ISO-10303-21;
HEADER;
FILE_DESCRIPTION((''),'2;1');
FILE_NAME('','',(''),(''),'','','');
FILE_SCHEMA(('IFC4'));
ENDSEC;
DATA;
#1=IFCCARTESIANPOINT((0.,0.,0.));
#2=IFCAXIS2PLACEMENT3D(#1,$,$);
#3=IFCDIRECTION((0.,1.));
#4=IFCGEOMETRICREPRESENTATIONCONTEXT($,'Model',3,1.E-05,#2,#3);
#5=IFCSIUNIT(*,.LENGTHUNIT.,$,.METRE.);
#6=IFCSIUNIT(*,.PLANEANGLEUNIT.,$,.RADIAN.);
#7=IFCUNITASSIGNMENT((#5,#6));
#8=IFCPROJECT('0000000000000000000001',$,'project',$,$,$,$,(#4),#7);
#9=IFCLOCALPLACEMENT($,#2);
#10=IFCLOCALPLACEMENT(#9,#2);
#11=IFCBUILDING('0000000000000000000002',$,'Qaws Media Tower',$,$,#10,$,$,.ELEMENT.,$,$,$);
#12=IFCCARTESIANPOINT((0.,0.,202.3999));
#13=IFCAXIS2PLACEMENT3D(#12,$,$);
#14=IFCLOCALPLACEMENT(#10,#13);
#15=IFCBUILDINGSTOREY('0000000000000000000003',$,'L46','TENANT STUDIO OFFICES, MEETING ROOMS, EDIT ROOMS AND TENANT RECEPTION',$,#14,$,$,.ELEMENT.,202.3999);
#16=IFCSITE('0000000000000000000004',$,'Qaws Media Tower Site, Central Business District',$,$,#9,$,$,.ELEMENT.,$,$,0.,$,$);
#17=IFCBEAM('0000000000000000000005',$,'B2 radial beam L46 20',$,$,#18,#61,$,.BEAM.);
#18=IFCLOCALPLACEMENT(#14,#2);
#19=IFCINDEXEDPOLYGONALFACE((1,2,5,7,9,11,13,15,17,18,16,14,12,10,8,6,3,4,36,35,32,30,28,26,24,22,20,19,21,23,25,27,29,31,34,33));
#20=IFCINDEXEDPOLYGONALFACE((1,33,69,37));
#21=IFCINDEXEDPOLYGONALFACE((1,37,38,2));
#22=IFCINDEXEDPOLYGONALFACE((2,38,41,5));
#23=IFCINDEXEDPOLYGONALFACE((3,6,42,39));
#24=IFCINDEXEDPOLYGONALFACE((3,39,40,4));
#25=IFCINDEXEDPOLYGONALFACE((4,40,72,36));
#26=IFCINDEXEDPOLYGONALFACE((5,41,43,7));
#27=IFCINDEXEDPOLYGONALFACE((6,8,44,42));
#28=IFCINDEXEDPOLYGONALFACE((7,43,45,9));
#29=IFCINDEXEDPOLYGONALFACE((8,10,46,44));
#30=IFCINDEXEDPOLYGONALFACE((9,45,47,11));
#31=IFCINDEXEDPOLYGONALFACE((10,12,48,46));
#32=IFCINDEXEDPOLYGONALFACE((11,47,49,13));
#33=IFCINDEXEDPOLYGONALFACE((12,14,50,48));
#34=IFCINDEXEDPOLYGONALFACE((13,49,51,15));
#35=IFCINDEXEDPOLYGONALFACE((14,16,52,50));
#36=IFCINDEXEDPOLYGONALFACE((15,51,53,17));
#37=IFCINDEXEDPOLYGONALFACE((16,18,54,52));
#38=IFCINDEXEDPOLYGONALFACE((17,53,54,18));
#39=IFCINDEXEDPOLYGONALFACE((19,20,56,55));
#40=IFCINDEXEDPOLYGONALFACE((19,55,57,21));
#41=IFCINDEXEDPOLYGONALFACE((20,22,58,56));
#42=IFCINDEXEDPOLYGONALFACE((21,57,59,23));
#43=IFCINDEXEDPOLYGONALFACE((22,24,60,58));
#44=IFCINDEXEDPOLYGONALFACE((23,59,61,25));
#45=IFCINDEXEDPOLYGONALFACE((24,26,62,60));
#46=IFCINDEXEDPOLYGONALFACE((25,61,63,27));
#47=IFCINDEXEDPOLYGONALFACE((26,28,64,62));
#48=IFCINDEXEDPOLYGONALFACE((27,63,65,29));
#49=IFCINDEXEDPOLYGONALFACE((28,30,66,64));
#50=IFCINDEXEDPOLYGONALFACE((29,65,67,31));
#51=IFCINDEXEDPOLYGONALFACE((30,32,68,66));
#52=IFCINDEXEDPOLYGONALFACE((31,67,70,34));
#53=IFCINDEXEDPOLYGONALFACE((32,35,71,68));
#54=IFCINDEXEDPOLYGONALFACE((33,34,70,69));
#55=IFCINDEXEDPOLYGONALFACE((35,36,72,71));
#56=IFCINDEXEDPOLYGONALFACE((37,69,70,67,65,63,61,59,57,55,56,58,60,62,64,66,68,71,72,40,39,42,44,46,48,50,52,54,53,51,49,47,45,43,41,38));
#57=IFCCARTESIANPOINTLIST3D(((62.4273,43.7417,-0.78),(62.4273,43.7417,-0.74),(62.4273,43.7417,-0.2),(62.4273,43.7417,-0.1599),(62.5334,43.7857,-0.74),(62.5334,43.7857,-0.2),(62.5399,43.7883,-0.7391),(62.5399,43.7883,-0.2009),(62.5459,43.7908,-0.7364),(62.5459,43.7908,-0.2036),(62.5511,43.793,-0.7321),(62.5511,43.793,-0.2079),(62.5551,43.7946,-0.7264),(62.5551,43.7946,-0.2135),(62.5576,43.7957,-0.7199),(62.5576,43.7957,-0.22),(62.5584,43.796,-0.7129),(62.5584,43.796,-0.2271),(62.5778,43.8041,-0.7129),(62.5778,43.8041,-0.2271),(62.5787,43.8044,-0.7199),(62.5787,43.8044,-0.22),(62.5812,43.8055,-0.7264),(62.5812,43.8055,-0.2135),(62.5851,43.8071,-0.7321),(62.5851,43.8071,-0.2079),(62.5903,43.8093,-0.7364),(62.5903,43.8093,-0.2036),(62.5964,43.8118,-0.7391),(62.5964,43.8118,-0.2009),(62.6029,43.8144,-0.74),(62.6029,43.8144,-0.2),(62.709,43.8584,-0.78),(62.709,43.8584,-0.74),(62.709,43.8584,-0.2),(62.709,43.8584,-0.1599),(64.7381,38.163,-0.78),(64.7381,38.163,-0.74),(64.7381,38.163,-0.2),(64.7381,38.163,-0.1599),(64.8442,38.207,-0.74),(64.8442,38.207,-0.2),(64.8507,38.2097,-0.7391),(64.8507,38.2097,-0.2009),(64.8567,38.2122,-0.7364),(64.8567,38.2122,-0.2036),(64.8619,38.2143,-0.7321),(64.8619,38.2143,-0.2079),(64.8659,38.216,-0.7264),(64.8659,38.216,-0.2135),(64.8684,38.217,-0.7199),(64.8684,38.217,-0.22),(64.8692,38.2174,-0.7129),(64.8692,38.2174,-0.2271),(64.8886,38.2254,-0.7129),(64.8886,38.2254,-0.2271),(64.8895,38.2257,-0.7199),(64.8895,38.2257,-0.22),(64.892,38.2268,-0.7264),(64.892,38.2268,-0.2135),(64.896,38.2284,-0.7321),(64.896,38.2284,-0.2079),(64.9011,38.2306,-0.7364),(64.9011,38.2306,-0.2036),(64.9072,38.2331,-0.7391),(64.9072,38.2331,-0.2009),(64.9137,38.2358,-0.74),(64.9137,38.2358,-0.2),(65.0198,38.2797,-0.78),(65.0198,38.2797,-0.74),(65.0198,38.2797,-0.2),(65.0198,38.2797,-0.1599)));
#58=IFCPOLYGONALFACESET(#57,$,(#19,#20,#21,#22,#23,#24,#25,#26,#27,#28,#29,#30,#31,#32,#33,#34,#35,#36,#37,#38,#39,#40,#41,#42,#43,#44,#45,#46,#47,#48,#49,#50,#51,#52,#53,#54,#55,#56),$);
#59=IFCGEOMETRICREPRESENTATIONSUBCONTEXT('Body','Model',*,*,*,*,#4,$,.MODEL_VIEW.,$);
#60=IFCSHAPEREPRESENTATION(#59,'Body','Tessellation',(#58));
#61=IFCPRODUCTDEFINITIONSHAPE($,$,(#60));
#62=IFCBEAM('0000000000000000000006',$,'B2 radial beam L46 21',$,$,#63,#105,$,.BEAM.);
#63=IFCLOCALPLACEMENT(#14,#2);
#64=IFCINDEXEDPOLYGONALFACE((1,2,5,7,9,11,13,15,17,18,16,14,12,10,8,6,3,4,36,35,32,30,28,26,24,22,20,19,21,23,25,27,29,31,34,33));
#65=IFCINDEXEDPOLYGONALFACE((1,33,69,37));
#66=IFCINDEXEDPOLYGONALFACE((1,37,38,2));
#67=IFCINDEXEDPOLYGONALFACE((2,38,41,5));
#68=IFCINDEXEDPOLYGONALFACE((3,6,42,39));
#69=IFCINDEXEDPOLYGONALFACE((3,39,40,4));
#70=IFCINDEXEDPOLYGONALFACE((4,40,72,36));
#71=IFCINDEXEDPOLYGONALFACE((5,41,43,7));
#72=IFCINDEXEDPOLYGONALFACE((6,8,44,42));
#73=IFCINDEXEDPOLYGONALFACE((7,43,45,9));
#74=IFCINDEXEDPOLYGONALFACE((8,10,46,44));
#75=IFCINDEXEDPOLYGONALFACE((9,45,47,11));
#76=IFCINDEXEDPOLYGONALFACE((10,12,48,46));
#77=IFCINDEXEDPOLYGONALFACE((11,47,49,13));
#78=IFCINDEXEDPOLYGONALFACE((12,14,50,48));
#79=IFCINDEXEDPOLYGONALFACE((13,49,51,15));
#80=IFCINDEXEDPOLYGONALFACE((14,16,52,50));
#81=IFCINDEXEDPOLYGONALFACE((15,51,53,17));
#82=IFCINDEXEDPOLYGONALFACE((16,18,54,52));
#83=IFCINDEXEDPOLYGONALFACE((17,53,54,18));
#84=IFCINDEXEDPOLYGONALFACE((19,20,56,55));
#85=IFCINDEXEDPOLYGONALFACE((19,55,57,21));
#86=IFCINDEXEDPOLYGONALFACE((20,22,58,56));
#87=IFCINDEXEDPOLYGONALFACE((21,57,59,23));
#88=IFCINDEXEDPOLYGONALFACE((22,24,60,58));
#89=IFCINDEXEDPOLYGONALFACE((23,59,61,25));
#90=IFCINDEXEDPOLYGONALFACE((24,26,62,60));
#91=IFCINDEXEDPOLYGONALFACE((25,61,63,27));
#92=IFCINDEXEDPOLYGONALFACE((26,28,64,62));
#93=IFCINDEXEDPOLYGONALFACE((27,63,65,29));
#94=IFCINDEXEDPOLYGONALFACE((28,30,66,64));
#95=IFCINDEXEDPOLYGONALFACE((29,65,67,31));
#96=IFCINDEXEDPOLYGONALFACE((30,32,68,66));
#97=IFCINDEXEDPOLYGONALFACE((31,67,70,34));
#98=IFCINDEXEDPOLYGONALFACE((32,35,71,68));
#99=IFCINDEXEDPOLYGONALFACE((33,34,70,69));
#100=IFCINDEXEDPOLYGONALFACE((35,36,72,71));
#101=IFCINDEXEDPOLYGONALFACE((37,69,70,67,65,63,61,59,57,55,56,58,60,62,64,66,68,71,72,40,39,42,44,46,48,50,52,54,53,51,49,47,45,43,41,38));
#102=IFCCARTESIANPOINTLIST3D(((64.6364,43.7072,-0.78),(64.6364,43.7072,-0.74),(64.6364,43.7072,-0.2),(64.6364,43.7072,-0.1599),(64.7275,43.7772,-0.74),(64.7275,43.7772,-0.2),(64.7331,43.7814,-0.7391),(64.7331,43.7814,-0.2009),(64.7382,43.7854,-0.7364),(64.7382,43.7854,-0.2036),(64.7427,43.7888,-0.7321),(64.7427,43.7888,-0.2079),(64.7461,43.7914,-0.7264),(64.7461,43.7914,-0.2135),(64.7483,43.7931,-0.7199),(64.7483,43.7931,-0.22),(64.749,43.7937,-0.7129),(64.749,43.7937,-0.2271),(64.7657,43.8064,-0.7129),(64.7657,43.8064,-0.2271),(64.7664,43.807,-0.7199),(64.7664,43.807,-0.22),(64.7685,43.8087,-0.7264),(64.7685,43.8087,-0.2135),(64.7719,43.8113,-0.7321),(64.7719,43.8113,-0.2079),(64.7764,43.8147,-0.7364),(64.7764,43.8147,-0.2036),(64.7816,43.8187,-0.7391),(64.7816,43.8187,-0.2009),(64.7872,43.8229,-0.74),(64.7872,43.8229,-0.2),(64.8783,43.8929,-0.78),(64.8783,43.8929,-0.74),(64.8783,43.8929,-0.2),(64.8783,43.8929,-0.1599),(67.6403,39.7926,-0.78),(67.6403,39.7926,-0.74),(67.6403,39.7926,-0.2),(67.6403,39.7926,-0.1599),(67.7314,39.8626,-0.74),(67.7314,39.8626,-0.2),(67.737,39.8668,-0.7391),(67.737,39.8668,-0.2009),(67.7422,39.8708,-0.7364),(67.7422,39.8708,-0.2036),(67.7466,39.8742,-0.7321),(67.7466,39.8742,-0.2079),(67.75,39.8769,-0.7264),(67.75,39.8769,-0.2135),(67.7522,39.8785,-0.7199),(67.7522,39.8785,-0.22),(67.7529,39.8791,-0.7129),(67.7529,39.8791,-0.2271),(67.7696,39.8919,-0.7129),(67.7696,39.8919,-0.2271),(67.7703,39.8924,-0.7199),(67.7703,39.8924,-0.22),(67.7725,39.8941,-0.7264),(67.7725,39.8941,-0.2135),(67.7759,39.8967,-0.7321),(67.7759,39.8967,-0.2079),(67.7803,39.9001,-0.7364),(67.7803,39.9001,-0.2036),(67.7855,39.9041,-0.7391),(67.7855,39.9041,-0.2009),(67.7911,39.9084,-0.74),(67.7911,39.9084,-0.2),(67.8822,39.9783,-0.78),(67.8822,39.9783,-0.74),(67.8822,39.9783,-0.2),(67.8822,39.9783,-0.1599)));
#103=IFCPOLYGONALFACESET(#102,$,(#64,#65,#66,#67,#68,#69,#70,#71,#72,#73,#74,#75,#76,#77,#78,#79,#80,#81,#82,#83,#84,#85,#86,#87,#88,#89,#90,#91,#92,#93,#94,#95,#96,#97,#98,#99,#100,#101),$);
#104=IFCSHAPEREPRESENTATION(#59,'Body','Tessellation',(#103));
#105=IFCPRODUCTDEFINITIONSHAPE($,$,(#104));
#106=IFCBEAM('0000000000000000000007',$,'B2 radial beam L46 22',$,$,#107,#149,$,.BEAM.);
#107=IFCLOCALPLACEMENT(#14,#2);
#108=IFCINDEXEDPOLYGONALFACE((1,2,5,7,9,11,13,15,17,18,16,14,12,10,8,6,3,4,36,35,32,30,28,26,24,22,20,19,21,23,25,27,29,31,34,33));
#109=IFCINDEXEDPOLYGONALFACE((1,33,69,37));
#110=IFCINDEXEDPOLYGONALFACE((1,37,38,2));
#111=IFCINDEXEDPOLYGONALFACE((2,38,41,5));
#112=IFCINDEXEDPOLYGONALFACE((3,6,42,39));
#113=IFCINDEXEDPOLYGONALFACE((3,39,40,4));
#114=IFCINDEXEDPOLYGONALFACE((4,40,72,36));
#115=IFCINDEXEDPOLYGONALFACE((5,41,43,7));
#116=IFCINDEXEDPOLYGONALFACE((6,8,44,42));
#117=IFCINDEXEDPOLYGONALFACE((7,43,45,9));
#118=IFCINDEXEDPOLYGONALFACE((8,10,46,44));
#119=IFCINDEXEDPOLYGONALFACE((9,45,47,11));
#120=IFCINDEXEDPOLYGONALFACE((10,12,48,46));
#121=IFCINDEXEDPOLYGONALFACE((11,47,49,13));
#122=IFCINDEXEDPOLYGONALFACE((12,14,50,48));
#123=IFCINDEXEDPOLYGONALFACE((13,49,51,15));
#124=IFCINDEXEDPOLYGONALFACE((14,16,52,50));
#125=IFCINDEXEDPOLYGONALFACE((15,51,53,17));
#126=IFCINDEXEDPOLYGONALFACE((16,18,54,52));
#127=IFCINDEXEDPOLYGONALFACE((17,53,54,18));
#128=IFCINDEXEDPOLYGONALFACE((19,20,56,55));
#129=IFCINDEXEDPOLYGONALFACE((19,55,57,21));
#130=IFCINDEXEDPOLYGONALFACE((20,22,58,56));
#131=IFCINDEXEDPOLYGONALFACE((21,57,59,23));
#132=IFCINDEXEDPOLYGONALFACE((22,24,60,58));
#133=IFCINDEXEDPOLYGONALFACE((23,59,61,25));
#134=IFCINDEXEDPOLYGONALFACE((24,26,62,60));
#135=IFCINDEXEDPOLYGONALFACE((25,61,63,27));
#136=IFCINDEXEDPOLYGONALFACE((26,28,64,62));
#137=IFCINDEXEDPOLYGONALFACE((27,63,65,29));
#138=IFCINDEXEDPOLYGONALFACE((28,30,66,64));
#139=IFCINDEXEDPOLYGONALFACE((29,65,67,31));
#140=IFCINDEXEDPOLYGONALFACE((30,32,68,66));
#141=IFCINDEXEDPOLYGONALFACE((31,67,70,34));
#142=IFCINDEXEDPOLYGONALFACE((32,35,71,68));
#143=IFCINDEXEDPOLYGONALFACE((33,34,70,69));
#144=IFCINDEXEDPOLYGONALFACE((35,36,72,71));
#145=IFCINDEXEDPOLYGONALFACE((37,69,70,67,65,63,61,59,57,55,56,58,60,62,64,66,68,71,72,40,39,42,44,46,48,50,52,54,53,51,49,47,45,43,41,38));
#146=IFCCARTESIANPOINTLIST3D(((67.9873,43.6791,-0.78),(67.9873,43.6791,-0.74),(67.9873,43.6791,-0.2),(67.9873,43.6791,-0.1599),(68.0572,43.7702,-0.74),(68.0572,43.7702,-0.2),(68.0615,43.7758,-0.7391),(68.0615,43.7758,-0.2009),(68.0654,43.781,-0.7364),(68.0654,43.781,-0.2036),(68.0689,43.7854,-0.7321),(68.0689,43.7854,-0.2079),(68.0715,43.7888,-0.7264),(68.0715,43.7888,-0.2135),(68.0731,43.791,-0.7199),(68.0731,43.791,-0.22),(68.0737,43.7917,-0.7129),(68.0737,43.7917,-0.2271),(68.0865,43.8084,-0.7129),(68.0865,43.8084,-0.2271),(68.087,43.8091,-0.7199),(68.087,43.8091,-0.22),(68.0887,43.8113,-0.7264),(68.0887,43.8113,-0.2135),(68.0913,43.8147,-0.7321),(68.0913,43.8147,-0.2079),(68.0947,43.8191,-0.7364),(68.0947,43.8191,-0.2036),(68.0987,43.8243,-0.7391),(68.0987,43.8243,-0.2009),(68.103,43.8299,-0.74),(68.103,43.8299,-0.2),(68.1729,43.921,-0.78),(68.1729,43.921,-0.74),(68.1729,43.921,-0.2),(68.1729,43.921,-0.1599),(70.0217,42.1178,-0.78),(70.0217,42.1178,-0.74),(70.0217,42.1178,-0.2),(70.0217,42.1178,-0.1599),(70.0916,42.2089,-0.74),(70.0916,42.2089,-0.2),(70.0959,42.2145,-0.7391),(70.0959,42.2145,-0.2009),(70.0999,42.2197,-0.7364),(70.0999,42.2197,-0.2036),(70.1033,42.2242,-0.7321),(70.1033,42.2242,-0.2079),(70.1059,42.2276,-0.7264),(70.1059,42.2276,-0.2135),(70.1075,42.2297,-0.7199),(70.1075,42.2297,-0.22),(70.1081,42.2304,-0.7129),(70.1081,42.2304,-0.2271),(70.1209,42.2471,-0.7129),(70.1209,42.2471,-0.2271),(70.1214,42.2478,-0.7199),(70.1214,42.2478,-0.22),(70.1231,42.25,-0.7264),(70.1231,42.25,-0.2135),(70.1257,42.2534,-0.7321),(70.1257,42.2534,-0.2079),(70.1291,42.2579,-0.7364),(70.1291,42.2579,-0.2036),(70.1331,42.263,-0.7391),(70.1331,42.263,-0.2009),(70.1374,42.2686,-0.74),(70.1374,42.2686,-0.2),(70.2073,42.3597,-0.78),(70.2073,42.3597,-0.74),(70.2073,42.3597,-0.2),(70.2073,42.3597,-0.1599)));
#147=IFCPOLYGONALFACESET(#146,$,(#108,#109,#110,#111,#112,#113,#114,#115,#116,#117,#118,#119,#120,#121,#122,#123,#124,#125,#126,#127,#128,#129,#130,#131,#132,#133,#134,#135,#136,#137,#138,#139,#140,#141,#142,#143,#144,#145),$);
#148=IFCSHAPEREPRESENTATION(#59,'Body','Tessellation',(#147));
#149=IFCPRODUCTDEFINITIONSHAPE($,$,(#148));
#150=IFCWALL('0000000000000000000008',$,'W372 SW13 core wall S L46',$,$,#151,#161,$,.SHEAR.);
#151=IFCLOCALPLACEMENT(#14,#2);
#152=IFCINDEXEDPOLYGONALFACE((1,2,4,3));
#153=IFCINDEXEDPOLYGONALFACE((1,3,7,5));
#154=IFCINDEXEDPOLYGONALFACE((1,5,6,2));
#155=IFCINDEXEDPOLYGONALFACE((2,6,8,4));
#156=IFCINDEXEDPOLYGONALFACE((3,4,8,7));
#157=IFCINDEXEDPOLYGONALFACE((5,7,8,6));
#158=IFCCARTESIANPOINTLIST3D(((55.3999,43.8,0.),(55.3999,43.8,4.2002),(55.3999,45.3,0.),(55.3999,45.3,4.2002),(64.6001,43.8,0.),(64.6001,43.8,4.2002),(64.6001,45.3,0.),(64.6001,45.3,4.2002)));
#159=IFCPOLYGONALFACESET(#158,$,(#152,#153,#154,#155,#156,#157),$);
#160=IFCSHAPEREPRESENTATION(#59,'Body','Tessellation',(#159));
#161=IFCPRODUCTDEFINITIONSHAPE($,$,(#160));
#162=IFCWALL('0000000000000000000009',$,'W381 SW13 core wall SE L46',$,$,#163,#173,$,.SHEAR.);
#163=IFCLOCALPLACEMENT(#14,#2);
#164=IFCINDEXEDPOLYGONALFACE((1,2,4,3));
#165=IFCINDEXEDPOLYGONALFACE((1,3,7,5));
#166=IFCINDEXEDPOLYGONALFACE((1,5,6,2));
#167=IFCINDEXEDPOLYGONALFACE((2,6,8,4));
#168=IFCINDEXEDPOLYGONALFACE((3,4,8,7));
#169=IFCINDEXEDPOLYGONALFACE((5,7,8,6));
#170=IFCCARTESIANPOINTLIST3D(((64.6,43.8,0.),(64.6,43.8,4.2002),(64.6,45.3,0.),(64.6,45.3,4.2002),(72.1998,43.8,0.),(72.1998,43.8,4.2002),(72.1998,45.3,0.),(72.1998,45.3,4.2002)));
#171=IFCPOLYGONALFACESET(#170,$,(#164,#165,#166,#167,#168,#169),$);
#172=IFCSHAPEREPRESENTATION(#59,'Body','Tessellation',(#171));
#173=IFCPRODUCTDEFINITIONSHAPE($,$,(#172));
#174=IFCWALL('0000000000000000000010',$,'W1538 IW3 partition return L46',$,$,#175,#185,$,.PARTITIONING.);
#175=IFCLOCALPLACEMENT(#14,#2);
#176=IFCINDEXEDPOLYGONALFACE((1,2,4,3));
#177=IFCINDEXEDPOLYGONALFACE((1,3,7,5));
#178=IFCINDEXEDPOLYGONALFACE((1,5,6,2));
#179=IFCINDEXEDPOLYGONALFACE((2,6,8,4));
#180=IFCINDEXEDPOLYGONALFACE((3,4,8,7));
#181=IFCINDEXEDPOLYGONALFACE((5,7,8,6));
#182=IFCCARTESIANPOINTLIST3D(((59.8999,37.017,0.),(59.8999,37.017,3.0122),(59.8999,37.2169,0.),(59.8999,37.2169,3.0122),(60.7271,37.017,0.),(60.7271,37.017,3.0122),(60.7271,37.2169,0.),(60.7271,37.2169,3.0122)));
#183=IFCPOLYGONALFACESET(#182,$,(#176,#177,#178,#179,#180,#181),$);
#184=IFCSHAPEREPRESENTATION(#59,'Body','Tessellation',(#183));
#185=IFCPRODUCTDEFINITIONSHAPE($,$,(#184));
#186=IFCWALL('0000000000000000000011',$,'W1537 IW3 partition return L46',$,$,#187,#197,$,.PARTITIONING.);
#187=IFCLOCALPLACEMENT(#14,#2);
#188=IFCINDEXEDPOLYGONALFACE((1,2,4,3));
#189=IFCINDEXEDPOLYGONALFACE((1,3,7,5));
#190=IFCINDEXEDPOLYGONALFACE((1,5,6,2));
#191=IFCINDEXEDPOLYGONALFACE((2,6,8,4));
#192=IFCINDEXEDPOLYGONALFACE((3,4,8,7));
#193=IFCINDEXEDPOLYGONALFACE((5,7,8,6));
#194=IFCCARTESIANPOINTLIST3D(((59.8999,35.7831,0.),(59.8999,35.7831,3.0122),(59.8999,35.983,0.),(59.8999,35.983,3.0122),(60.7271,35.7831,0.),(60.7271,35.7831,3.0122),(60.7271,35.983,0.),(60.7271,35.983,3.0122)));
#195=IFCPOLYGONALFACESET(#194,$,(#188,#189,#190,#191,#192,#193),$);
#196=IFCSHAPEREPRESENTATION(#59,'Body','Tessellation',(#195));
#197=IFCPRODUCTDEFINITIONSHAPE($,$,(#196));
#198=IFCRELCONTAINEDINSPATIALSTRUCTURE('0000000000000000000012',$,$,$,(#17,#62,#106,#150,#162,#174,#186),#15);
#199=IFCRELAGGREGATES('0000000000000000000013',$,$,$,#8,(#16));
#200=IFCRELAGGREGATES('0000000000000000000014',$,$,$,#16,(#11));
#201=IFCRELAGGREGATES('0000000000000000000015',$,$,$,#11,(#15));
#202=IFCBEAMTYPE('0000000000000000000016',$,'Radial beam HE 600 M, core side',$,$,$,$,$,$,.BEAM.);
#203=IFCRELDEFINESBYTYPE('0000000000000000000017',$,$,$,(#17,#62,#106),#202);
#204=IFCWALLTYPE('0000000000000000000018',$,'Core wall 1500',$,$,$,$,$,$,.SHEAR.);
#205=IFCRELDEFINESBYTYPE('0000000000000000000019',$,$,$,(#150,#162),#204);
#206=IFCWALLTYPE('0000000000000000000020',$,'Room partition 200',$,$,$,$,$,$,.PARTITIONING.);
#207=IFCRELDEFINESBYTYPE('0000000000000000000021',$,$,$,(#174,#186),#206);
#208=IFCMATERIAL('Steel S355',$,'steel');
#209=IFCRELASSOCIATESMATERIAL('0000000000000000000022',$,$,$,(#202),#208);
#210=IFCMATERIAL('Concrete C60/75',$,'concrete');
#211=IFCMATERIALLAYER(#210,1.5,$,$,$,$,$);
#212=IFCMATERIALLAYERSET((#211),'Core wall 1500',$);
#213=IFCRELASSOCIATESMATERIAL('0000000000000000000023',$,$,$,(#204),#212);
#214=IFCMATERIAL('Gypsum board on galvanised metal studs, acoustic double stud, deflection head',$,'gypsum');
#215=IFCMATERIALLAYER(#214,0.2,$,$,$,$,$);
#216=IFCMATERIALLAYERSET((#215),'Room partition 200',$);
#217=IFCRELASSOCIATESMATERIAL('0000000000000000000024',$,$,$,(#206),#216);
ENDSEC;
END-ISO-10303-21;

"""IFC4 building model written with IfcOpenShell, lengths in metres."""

from ifc_helpers import new_model, si_unit, direction, frame, frame_2d, origin, origin_2d, place, context, subcontext, project, spatial, rectangle, i_section, extrude, material, layer, layer_set, material_profile, profile_set, type_object, element, save


model = new_model("IFC4")

# Units and contexts
model_context = context("Model", 3, precision=1e-05, world=origin(), true_north=direction((0.0, 1.0)))
body_context = subcontext(model_context, "Body", "Model", "MODEL_VIEW")
ifc_project = project(units=[si_unit("LENGTHUNIT", "METRE"), si_unit("PLANEANGLEUNIT", "RADIAN")], contexts=[model_context])

# Site, building, storey
site_placement = place(None, origin())
site = spatial("IfcSite", under=ifc_project, at=site_placement, Name="Qaws Media Tower Site, Central Business District", CompositionType="ELEMENT", RefElevation=0.0)
building_placement = place(site_placement, origin())
building = spatial("IfcBuilding", under=site, at=building_placement, Name="Qaws Media Tower", CompositionType="ELEMENT")
storey_placement = place(building_placement, frame((0.0, 0.0, 202.3999)))
storey = spatial("IfcBuildingStorey", under=building, at=storey_placement, Name="L46", Description="TENANT STUDIO OFFICES, MEETING ROOMS, EDIT ROOMS AND TENANT RECEPTION", CompositionType="ELEMENT", Elevation=202.3999)

# Beams
ifc_material_1 = material(Name="Steel S355", Category="steel")
ifc_material_profile_1 = material_profile(ifc_material_1, i_section(OverallWidth=0.3049, OverallDepth=0.6201, WebThickness=0.021, FlangeThickness=0.04, FilletRadius=0.0271, at=origin_2d()), Name="HE 600 M")
ifc_profile_set_1 = profile_set([ifc_material_profile_1], Name="Steel S355")
beam_type_1 = type_object("IfcBeamType", Name="Radial beam HE 600 M, core side", PredefinedType="BEAM", material=ifc_profile_set_1)
beam_1_placement = place(storey_placement, frame((62.5681, 43.8, -0.47), z_axis=(0.382691, -0.923876, 0.0), x_axis=(0.923876, 0.382691, 0.0)))
element("IfcBeam", 1, at=beam_1_placement, inside=storey, type_object=beam_type_1, Name="B2 radial beam L46 20", PredefinedType="BEAM", context=body_context, shape_type="SweptSolid", body=[
    extrude(i_section(OverallWidth=0.3049, OverallDepth=0.6201, WebThickness=0.021, FlangeThickness=0.04, FilletRadius=0.0271, at=origin_2d()), origin(), (0.0, 0.0, 1.0), 6.0383),
])
beam_2_placement = place(storey_placement, frame((64.7573, 43.8, -0.47), z_axis=(0.608783, -0.793337, 0.0), x_axis=(0.793337, 0.608783, 0.0)))
element("IfcBeam", 2, at=beam_2_placement, inside=storey, type_object=beam_type_1, Name="B2 radial beam L46 21", PredefinedType="BEAM", context=body_context, shape_type="SweptSolid", body=[
    extrude(i_section(OverallWidth=0.3049, OverallDepth=0.6201, WebThickness=0.021, FlangeThickness=0.04, FilletRadius=0.0271, at=origin_2d()), origin(), (0.0, 0.0, 1.0), 4.9343),
])
beam_3_placement = place(storey_placement, frame((68.0801, 43.8, -0.47), z_axis=(0.793314, -0.608813, 0.0), x_axis=(0.608813, 0.793314, 0.0)))
element("IfcBeam", 3, at=beam_3_placement, inside=storey, type_object=beam_type_1, Name="B2 radial beam L46 22", PredefinedType="BEAM", context=body_context, shape_type="SweptSolid", body=[
    extrude(i_section(OverallWidth=0.3049, OverallDepth=0.6201, WebThickness=0.021, FlangeThickness=0.04, FilletRadius=0.0271, at=origin_2d()), origin(), (0.0, 0.0, 1.0), 2.5645),
])

# Walls
ifc_material_2 = material(Name="Concrete C60/75", Category="concrete")
ifc_layer_1 = layer(ifc_material_2, 1.5)
ifc_layer_set_1 = layer_set([ifc_layer_1], Name="Core wall 1500")
wall_type_1 = type_object("IfcWallType", Name="Core wall 1500", PredefinedType="SHEAR", material=ifc_layer_set_1)
wall_1_placement = place(storey_placement, frame((55.3999, 44.55, 0.0), z_axis=(0.0, 0.0, 1.0), x_axis=(1.0, 0.0, 0.0)))
element("IfcWall", 4, at=wall_1_placement, inside=storey, type_object=wall_type_1, Name="W372 SW13 core wall S L46", PredefinedType="SHEAR", context=body_context, shape_type="SweptSolid", body=[
    extrude(rectangle(XDim=9.2002, YDim=1.5, at=frame_2d((4.6001, 0.0))), origin(), (0.0, 0.0, 1.0), 4.2002),
])
wall_2_placement = place(storey_placement, frame((64.6001, 44.55, 0.0), z_axis=(0.0, 0.0, 1.0), x_axis=(1.0, 0.0, 0.0)))
element("IfcWall", 5, at=wall_2_placement, inside=storey, type_object=wall_type_1, Name="W381 SW13 core wall SE L46", PredefinedType="SHEAR", context=body_context, shape_type="SweptSolid", body=[
    extrude(rectangle(XDim=7.5999, YDim=1.5, at=frame_2d((3.7998, 0.0))), origin(), (0.0, 0.0, 1.0), 4.2002),
])
ifc_material_3 = material(Name="Gypsum board on galvanised metal studs, acoustic double stud, deflection head", Category="gypsum")
ifc_layer_2 = layer(ifc_material_3, 0.2)
ifc_layer_set_2 = layer_set([ifc_layer_2], Name="Room partition 200")
wall_type_2 = type_object("IfcWallType", Name="Room partition 200", PredefinedType="PARTITIONING", material=ifc_layer_set_2)
for number, where, z_axis, x_axis, name in (
    (6, (59.8999, 37.1169, 0.0), (0.0, 0.0, 1.0), (1.0, 0.0, 0.0), "W1538 IW3 partition return L46"),
    (7, (59.8999, 35.8831, 0.0), (0.0, 0.0, 1.0), (1.0, 0.0, 0.0), "W1537 IW3 partition return L46"),
):
    element("IfcWall", number, at=place(storey_placement, frame(where, z_axis=z_axis, x_axis=x_axis)), inside=storey, type_object=wall_type_2, Name=name, PredefinedType="PARTITIONING", context=body_context, shape_type="SweptSolid", body=[
        extrude(rectangle(XDim=0.8271, YDim=0.2, at=frame_2d((0.4136, 0.0))), origin(), (0.0, 0.0, 1.0), 3.0122),
    ])

save(model, "model.ifc")
